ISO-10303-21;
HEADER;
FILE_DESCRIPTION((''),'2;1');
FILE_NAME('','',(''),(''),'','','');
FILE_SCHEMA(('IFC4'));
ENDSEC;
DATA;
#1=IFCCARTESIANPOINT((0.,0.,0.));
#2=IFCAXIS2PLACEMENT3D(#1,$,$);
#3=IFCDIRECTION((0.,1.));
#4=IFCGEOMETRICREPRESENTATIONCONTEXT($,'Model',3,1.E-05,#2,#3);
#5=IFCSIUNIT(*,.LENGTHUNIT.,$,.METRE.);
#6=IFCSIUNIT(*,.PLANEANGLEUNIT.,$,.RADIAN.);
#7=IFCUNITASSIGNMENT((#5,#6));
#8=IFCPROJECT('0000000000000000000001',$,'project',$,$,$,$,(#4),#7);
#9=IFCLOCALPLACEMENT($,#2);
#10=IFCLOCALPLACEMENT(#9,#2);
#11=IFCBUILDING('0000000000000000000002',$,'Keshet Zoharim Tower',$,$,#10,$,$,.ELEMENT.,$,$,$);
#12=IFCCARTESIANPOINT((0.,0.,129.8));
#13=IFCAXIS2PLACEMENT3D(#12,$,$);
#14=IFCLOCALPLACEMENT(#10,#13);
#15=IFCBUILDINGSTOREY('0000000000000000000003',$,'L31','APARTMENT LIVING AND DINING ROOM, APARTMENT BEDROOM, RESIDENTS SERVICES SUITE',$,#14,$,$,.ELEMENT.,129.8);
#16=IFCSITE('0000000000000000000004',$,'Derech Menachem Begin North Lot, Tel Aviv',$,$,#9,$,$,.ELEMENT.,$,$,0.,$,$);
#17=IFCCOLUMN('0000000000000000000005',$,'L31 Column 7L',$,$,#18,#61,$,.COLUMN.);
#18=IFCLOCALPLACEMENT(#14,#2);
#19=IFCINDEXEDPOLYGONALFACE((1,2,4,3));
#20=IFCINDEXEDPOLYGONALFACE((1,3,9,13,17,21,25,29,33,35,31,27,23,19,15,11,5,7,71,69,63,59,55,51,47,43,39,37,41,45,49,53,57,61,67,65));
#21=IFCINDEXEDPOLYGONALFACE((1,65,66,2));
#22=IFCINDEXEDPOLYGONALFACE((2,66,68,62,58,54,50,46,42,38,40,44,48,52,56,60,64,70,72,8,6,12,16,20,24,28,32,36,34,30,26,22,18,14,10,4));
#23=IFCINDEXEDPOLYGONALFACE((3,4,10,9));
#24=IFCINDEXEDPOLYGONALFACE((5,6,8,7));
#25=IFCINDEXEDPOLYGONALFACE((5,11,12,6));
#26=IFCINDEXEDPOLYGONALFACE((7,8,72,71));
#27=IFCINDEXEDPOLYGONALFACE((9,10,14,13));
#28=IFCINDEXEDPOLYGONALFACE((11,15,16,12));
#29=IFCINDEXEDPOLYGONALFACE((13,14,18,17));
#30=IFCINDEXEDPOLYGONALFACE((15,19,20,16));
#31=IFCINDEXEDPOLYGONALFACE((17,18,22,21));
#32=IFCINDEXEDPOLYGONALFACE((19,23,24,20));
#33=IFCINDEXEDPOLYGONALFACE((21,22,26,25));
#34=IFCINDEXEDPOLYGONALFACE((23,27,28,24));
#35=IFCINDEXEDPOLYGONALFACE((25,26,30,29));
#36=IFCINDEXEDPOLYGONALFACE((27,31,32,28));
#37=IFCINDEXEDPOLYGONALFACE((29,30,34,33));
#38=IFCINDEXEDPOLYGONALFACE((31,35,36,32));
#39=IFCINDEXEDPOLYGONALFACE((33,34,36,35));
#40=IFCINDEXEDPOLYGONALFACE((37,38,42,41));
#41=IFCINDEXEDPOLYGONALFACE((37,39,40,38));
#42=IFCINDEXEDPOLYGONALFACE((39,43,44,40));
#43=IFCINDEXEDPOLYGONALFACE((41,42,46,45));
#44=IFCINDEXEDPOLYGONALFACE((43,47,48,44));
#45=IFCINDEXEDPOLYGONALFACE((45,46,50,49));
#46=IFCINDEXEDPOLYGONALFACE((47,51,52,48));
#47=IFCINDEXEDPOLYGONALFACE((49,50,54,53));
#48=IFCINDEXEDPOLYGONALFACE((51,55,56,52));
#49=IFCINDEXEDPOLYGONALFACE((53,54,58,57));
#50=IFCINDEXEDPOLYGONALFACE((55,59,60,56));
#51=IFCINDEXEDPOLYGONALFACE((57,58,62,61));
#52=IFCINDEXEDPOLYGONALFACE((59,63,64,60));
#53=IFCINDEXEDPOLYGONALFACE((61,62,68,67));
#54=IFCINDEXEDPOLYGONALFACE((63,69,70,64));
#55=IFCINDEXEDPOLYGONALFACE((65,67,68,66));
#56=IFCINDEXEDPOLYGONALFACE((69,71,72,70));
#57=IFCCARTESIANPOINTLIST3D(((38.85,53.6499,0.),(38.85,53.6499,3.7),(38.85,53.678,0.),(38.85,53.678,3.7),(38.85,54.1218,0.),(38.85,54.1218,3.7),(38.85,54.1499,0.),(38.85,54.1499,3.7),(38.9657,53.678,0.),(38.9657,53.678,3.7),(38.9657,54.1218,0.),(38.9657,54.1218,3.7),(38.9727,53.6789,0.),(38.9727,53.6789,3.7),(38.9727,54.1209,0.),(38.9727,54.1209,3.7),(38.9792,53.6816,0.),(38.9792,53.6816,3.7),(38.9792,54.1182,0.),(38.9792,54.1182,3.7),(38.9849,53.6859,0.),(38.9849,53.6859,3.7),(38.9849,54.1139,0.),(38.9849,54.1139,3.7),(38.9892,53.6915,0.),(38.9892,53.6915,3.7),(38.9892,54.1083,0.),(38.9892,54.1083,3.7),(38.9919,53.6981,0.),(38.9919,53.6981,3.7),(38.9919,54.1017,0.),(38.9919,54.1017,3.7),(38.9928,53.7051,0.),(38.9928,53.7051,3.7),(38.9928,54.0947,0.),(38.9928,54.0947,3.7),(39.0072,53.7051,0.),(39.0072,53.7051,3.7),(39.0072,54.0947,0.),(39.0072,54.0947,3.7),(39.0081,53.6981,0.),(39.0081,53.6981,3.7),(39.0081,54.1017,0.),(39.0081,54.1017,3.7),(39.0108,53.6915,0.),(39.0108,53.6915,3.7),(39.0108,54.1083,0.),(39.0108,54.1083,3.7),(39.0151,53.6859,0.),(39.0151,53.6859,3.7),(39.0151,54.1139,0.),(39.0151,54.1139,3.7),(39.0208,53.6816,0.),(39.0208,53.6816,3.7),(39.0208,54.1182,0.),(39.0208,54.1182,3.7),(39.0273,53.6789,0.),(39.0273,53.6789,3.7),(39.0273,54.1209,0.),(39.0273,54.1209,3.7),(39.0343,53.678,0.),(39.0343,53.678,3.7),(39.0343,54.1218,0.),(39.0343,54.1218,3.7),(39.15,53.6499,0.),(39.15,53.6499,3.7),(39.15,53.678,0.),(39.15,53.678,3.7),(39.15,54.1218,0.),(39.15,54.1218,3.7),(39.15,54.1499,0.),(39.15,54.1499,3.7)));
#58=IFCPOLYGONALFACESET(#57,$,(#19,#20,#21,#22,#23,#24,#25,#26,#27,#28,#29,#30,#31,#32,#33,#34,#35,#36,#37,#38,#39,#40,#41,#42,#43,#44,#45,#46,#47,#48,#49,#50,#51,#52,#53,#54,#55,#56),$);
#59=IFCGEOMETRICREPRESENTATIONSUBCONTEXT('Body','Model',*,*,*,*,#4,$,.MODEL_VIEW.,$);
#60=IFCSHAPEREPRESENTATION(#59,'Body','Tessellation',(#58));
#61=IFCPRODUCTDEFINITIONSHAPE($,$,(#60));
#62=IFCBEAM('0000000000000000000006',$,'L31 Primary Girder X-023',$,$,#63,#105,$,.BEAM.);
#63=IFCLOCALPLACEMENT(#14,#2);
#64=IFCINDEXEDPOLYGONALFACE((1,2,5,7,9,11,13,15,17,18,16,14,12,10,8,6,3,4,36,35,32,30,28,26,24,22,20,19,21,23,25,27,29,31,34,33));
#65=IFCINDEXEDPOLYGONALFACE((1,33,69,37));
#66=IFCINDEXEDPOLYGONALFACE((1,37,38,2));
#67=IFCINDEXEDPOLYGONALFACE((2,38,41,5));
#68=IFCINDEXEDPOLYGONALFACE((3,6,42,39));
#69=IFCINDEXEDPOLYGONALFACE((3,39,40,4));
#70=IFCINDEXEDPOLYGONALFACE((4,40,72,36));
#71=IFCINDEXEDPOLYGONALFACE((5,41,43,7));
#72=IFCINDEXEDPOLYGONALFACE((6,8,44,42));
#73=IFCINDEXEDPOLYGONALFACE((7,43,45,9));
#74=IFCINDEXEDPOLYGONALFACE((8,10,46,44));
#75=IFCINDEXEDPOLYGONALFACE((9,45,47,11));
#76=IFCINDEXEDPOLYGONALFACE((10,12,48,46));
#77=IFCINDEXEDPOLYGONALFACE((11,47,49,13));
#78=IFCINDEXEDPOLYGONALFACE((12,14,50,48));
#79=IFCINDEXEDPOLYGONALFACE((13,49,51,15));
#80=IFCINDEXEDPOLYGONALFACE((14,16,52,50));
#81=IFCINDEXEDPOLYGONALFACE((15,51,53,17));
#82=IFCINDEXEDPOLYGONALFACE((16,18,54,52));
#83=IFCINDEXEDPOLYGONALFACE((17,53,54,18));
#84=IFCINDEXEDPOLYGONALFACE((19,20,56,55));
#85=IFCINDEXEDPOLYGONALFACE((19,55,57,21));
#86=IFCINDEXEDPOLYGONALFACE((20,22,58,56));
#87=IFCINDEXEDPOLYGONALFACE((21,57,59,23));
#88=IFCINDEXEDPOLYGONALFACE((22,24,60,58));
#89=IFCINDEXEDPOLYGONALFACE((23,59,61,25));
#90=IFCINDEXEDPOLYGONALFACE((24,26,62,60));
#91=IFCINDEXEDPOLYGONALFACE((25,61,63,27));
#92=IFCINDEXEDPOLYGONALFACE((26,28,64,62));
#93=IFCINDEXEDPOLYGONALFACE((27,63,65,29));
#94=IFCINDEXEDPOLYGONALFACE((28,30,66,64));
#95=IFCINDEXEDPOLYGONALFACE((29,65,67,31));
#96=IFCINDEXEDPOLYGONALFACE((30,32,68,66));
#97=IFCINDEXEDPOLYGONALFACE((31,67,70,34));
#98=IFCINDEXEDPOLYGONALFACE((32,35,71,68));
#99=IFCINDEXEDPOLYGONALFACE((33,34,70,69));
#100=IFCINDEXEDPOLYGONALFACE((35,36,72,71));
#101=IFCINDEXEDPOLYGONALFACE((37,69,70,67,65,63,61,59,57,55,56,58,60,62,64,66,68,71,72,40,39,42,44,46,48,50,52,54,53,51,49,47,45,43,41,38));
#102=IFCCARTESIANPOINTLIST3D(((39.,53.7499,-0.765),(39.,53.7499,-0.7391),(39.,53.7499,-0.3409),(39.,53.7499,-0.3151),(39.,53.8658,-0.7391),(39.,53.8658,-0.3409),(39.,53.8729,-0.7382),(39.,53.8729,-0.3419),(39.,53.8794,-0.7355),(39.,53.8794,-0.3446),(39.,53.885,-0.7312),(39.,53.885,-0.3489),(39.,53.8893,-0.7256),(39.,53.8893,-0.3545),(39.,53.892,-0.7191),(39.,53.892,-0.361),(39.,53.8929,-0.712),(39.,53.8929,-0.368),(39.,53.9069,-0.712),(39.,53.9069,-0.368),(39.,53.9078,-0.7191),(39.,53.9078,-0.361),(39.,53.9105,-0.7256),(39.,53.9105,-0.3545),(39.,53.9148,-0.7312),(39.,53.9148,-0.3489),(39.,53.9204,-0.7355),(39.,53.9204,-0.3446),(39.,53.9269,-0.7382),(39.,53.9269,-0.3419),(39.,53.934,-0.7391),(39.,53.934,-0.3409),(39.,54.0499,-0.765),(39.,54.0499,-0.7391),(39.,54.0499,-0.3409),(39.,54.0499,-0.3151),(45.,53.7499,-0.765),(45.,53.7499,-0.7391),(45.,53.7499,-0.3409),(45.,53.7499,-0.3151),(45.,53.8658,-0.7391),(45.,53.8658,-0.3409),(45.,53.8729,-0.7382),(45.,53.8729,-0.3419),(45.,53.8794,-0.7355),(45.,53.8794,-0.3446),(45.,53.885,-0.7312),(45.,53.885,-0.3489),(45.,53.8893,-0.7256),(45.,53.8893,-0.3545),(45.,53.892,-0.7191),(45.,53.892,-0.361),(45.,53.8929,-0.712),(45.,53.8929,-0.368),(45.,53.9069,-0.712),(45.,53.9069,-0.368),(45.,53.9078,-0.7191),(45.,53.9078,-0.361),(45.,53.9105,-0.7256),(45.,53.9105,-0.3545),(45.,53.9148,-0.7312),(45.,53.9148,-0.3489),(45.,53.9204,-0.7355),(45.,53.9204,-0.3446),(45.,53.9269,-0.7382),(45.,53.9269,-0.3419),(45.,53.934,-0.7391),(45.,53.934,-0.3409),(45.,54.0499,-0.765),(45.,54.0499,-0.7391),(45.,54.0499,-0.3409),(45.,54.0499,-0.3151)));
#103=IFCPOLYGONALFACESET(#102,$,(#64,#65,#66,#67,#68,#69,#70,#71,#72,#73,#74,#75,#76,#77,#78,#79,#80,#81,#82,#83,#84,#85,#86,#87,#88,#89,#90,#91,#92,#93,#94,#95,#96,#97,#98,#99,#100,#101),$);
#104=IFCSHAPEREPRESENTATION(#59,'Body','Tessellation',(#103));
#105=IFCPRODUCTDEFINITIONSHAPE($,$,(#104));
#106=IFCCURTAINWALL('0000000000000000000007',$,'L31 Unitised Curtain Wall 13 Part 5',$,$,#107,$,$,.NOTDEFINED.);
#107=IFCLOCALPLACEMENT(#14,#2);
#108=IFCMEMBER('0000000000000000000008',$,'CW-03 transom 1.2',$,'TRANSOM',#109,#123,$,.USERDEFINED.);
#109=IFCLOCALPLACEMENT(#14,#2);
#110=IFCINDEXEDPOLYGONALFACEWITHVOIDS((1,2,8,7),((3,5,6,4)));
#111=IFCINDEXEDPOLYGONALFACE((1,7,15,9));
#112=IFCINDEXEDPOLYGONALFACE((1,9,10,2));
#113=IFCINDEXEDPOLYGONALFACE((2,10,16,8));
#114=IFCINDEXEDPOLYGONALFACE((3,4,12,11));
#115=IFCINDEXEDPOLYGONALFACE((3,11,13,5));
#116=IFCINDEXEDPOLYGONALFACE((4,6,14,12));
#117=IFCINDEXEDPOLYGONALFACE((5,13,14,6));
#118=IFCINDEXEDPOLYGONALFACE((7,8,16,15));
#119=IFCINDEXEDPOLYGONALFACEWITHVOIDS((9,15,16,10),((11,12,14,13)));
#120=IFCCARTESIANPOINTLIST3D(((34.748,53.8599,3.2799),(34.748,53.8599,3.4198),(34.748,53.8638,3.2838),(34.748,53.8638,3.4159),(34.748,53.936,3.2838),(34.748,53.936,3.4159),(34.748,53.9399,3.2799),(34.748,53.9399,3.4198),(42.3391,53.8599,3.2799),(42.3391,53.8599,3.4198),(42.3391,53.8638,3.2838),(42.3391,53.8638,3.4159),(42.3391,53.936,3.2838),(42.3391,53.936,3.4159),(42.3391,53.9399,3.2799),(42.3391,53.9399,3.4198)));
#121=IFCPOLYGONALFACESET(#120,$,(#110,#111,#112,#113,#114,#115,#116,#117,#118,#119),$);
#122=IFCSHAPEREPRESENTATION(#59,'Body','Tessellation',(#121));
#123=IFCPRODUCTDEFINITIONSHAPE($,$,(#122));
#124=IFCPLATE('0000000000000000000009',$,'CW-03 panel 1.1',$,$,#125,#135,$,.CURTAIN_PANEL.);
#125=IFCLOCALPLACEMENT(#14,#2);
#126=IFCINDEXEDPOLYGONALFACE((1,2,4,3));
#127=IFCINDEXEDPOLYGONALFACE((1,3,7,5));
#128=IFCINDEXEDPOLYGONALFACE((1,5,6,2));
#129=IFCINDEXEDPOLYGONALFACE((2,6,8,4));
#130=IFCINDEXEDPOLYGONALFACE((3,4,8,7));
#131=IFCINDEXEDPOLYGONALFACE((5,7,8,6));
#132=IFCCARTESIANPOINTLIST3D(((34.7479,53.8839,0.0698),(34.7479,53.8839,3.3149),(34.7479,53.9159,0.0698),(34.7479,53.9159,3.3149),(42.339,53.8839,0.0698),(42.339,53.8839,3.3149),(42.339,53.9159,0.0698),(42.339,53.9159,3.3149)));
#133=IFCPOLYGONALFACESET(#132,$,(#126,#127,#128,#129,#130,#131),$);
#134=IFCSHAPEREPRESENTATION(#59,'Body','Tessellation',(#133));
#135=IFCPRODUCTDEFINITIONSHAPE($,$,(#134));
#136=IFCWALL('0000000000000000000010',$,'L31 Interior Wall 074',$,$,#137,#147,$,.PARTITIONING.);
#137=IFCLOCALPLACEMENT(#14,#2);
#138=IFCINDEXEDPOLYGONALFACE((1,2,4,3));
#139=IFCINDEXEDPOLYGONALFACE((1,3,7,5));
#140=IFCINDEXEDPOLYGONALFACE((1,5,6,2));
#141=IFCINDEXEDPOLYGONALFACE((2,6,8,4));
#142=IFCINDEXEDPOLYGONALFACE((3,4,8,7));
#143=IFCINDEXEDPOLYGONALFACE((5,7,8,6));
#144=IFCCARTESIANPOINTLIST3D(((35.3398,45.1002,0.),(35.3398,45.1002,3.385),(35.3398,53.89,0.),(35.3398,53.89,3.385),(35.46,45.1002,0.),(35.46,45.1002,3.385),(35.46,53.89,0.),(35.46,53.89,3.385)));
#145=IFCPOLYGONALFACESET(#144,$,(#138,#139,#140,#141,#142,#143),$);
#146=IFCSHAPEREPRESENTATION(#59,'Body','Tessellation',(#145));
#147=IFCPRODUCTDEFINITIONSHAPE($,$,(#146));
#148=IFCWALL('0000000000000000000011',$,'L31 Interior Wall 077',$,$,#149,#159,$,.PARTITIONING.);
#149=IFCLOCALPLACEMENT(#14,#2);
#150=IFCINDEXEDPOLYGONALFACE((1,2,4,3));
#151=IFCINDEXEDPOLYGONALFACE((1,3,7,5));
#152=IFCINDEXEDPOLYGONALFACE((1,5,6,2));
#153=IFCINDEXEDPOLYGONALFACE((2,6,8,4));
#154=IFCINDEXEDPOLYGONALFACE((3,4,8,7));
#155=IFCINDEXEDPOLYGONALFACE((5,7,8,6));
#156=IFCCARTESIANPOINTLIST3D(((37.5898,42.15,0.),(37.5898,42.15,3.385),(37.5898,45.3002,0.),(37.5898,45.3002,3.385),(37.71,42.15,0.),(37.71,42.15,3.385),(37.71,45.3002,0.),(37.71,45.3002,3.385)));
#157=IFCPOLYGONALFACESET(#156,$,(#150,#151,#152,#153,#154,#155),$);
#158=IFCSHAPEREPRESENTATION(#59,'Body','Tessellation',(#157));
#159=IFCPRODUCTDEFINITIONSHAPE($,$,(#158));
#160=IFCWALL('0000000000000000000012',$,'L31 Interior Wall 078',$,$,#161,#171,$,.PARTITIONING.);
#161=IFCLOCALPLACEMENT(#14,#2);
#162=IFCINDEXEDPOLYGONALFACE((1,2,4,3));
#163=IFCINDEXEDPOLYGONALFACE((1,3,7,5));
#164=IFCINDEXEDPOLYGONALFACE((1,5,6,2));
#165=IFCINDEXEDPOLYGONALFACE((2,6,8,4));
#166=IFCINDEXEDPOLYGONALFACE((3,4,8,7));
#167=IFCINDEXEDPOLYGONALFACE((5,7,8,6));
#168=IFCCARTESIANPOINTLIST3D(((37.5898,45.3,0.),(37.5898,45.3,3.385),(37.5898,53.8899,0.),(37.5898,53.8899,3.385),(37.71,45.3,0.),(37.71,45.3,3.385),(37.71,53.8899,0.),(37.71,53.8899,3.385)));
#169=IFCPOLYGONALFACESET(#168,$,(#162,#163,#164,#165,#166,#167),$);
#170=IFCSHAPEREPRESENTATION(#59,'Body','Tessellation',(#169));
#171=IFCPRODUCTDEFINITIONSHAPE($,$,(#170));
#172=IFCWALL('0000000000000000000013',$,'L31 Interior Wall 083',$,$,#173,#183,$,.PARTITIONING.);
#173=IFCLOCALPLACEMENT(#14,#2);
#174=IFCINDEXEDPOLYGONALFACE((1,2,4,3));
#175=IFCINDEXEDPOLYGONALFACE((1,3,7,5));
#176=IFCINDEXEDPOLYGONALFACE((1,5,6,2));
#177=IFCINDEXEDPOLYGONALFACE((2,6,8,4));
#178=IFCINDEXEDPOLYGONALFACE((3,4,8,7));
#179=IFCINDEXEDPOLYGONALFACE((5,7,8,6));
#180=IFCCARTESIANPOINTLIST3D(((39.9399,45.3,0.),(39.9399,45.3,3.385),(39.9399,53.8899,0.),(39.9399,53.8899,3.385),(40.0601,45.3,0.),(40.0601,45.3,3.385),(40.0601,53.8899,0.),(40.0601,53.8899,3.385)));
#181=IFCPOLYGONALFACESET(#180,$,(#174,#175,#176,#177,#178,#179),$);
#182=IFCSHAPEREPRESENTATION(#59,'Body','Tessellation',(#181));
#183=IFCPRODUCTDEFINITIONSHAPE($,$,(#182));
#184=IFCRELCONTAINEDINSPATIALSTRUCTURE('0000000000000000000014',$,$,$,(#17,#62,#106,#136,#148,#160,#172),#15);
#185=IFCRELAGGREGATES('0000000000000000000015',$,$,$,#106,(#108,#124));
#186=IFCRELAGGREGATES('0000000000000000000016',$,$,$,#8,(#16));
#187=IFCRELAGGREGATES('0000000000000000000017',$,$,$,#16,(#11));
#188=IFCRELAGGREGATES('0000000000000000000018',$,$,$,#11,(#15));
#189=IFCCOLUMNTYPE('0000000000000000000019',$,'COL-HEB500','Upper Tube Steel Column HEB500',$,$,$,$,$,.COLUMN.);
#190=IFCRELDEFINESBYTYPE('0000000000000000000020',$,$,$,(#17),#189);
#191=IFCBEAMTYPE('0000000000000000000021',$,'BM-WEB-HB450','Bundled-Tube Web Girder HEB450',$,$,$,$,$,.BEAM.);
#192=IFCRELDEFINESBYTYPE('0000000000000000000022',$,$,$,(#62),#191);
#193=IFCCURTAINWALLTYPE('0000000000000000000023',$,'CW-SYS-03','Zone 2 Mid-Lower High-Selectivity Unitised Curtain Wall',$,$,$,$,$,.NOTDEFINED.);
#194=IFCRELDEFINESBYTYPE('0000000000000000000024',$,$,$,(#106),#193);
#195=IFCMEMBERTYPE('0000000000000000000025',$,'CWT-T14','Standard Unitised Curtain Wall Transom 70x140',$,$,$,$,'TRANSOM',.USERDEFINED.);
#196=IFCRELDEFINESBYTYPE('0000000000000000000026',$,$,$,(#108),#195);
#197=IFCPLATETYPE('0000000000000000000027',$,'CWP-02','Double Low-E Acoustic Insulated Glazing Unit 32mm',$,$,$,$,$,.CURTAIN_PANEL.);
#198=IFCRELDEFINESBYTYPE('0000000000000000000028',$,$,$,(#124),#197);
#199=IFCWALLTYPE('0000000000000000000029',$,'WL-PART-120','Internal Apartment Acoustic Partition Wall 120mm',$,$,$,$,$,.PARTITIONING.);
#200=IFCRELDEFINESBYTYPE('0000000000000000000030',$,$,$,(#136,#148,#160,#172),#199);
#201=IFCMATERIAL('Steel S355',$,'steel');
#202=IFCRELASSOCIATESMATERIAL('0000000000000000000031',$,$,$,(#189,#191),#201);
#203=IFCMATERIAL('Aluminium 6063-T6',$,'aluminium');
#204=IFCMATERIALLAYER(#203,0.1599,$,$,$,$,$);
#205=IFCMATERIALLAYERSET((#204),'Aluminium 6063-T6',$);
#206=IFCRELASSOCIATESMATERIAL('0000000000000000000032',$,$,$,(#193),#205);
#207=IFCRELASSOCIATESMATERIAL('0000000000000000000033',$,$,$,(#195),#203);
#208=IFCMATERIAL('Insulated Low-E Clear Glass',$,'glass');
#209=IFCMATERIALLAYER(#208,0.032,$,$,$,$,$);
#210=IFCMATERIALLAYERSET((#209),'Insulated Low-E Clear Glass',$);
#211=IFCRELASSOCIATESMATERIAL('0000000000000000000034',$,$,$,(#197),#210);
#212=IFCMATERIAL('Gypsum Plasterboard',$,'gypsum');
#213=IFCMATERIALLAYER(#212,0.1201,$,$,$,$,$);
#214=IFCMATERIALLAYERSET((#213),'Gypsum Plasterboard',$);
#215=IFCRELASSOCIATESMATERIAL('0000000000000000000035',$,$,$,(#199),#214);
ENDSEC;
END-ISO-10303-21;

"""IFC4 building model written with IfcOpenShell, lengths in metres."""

from ifc_helpers import new_model, si_unit, direction, frame, frame_2d, origin, origin_2d, place, context, subcontext, project, spatial, rectangle, hollow_rectangle, i_section, extrude, material, layer, layer_set, material_profile, profile_set, type_object, element, aggregate, save


model = new_model("IFC4")

# Units and contexts
model_context = context("Model", 3, precision=1e-05, world=origin(), true_north=direction((0.0, 1.0)))
body_context = subcontext(model_context, "Body", "Model", "MODEL_VIEW")
ifc_project = project(units=[si_unit("LENGTHUNIT", "METRE"), si_unit("PLANEANGLEUNIT", "RADIAN")], contexts=[model_context])

# Site, building, storey
site_placement = place(None, origin())
site = spatial("IfcSite", under=ifc_project, at=site_placement, Name="Derech Menachem Begin North Lot, Tel Aviv", CompositionType="ELEMENT", RefElevation=0.0)
building_placement = place(site_placement, origin())
building = spatial("IfcBuilding", under=site, at=building_placement, Name="Keshet Zoharim Tower", CompositionType="ELEMENT")
storey_placement = place(building_placement, frame((0.0, 0.0, 129.8)))
storey = spatial("IfcBuildingStorey", under=building, at=storey_placement, Name="L31", Description="APARTMENT LIVING AND DINING ROOM, APARTMENT BEDROOM, RESIDENTS SERVICES SUITE", CompositionType="ELEMENT", Elevation=129.8)

# Column
ifc_material_1 = material(Name="Steel S355", Category="steel")
ifc_material_profile_1 = material_profile(ifc_material_1, i_section(OverallWidth=0.3, OverallDepth=0.5, WebThickness=0.0144, FlangeThickness=0.0281, FilletRadius=0.0271, at=origin_2d()), Name="HEB500")
ifc_profile_set_1 = profile_set([ifc_material_profile_1], Name="Steel S355")
column_type = type_object("IfcColumnType", Name="COL-HEB500", Description="Upper Tube Steel Column HEB500", PredefinedType="COLUMN", material=ifc_profile_set_1)
column_placement = place(storey_placement, frame((39.0, 53.8999, 0.0), z_axis=(0.0, 0.0, 1.0), x_axis=(1.0, 0.0, 0.0)))
element("IfcColumn", 1, at=column_placement, inside=storey, type_object=column_type, Name="L31 Column 7L", PredefinedType="COLUMN", context=body_context, shape_type="SweptSolid", body=[
    extrude(i_section(OverallWidth=0.3, OverallDepth=0.5, WebThickness=0.0144, FlangeThickness=0.0281, FilletRadius=0.0271, at=origin_2d()), origin(), (0.0, 0.0, 1.0), 3.7),
])

# Beam
ifc_material_profile_2 = material_profile(ifc_material_1, i_section(OverallWidth=0.3, OverallDepth=0.45, WebThickness=0.0139, FlangeThickness=0.0259, FilletRadius=0.0271, at=origin_2d()), Name="HEB450")
ifc_profile_set_2 = profile_set([ifc_material_profile_2], Name="Steel S355")
beam_type = type_object("IfcBeamType", Name="BM-WEB-HB450", Description="Bundled-Tube Web Girder HEB450", PredefinedType="BEAM", material=ifc_profile_set_2)
beam_placement = place(storey_placement, frame((39.0, 53.8999, -0.54), z_axis=(1.0, 0.0, 0.0), x_axis=(0.0, 1.0, 0.0)))
element("IfcBeam", 2, at=beam_placement, inside=storey, type_object=beam_type, Name="L31 Primary Girder X-023", PredefinedType="BEAM", context=body_context, shape_type="SweptSolid", body=[
    extrude(i_section(OverallWidth=0.3, OverallDepth=0.45, WebThickness=0.0139, FlangeThickness=0.0259, FilletRadius=0.0271, at=origin_2d()), origin(), (0.0, 0.0, 1.0), 6.0),
])

# Curtain wall, member, plate
ifc_material_2 = material(Name="Aluminium 6063-T6", Category="aluminium")
ifc_layer_1 = layer(ifc_material_2, 0.1599)
ifc_layer_set_1 = layer_set([ifc_layer_1], Name="Aluminium 6063-T6")
curtain_wall_type = type_object("IfcCurtainWallType", Name="CW-SYS-03", Description="Zone 2 Mid-Lower High-Selectivity Unitised Curtain Wall", PredefinedType="NOTDEFINED", material=ifc_layer_set_1)
curtain_wall_placement = place(storey_placement, origin())
curtain_wall = element("IfcCurtainWall", 3, at=curtain_wall_placement, inside=storey, type_object=curtain_wall_type, Name="L31 Unitised Curtain Wall 13 Part 5", PredefinedType="NOTDEFINED")
ifc_material_profile_3 = material_profile(ifc_material_2, hollow_rectangle(XDim=0.0801, YDim=0.1399, WallThickness=0.0039, at=origin_2d()), Name="TRN-80x140")
ifc_profile_set_3 = profile_set([ifc_material_profile_3], Name="Aluminium 6063-T6")
member_type = type_object("IfcMemberType", Name="CWT-T14", Description="Standard Unitised Curtain Wall Transom 70x140", ElementType="TRANSOM", PredefinedType="USERDEFINED", material=ifc_profile_set_3)
member_placement = place(storey_placement, frame((34.748, 53.8999, 3.3499), z_axis=(1.0, 0.0, 0.0), x_axis=(0.0, 1.0, 0.0)))
member = element("IfcMember", 4, at=member_placement, type_object=member_type, Name="CW-03 transom 1.2", ObjectType="TRANSOM", PredefinedType="USERDEFINED", context=body_context, shape_type="SweptSolid", body=[
    extrude(hollow_rectangle(XDim=0.0801, YDim=0.1399, WallThickness=0.0039, at=origin_2d()), origin(), (0.0, 0.0, 1.0), 7.5911),
])
ifc_material_3 = material(Name="Insulated Low-E Clear Glass", Category="glass")
ifc_layer_2 = layer(ifc_material_3, 0.032)
ifc_layer_set_2 = layer_set([ifc_layer_2], Name="Insulated Low-E Clear Glass")
plate_type = type_object("IfcPlateType", Name="CWP-02", Description="Double Low-E Acoustic Insulated Glazing Unit 32mm", PredefinedType="CURTAIN_PANEL", material=ifc_layer_set_2)
plate_placement = place(storey_placement, frame((38.5435, 53.8999, 0.0698), z_axis=(0.0, 0.0, 1.0), x_axis=(1.0, 0.0, 0.0)))
plate = element("IfcPlate", 5, at=plate_placement, type_object=plate_type, Name="CW-03 panel 1.1", PredefinedType="CURTAIN_PANEL", context=body_context, shape_type="SweptSolid", body=[
    extrude(rectangle(XDim=7.5911, YDim=0.032, at=origin_2d()), origin(), (0.0, 0.0, 1.0), 3.2451),
])
aggregate(curtain_wall, [member, plate])

# Walls
ifc_material_4 = material(Name="Gypsum Plasterboard", Category="gypsum")
ifc_layer_3 = layer(ifc_material_4, 0.1201)
ifc_layer_set_3 = layer_set([ifc_layer_3], Name="Gypsum Plasterboard")
wall_type_1 = type_object("IfcWallType", Name="WL-PART-120", Description="Internal Apartment Acoustic Partition Wall 120mm", PredefinedType="PARTITIONING", material=ifc_layer_set_3)
wall_1_placement = place(storey_placement, frame((35.3999, 45.1001, 0.0), z_axis=(0.0, 0.0, 1.0), x_axis=(0.0, 1.0, 0.0)))
element("IfcWall", 6, at=wall_1_placement, inside=storey, type_object=wall_type_1, Name="L31 Interior Wall 074", PredefinedType="PARTITIONING", context=body_context, shape_type="SweptSolid", body=[
    extrude(rectangle(XDim=8.7898, YDim=0.1201, at=frame_2d((4.395, 0.0))), origin(), (0.0, 0.0, 1.0), 3.385),
])
wall_2_placement = place(storey_placement, frame((37.6499, 42.1499, 0.0), z_axis=(0.0, 0.0, 1.0), x_axis=(0.0, 1.0, 0.0)))
element("IfcWall", 7, at=wall_2_placement, inside=storey, type_object=wall_type_1, Name="L31 Interior Wall 077", PredefinedType="PARTITIONING", context=body_context, shape_type="SweptSolid", body=[
    extrude(rectangle(XDim=3.1501, YDim=0.1201, at=frame_2d((1.5752, 0.0))), origin(), (0.0, 0.0, 1.0), 3.385),
])
for number, where, z_axis, x_axis, name in (
    (8, (37.6499, 45.3, 0.0), (0.0, 0.0, 1.0), (0.0, 1.0, 0.0), "L31 Interior Wall 078"),
    (9, (40.0, 45.3, 0.0), (0.0, 0.0, 1.0), (0.0, 1.0, 0.0), "L31 Interior Wall 083"),
):
    element("IfcWall", number, at=place(storey_placement, frame(where, z_axis=z_axis, x_axis=x_axis)), inside=storey, type_object=wall_type_1, Name=name, PredefinedType="PARTITIONING", context=body_context, shape_type="SweptSolid", body=[
        extrude(rectangle(XDim=8.5898, YDim=0.1201, at=frame_2d((4.2949, 0.0))), origin(), (0.0, 0.0, 1.0), 3.385),
    ])

save(model, "model.ifc")
